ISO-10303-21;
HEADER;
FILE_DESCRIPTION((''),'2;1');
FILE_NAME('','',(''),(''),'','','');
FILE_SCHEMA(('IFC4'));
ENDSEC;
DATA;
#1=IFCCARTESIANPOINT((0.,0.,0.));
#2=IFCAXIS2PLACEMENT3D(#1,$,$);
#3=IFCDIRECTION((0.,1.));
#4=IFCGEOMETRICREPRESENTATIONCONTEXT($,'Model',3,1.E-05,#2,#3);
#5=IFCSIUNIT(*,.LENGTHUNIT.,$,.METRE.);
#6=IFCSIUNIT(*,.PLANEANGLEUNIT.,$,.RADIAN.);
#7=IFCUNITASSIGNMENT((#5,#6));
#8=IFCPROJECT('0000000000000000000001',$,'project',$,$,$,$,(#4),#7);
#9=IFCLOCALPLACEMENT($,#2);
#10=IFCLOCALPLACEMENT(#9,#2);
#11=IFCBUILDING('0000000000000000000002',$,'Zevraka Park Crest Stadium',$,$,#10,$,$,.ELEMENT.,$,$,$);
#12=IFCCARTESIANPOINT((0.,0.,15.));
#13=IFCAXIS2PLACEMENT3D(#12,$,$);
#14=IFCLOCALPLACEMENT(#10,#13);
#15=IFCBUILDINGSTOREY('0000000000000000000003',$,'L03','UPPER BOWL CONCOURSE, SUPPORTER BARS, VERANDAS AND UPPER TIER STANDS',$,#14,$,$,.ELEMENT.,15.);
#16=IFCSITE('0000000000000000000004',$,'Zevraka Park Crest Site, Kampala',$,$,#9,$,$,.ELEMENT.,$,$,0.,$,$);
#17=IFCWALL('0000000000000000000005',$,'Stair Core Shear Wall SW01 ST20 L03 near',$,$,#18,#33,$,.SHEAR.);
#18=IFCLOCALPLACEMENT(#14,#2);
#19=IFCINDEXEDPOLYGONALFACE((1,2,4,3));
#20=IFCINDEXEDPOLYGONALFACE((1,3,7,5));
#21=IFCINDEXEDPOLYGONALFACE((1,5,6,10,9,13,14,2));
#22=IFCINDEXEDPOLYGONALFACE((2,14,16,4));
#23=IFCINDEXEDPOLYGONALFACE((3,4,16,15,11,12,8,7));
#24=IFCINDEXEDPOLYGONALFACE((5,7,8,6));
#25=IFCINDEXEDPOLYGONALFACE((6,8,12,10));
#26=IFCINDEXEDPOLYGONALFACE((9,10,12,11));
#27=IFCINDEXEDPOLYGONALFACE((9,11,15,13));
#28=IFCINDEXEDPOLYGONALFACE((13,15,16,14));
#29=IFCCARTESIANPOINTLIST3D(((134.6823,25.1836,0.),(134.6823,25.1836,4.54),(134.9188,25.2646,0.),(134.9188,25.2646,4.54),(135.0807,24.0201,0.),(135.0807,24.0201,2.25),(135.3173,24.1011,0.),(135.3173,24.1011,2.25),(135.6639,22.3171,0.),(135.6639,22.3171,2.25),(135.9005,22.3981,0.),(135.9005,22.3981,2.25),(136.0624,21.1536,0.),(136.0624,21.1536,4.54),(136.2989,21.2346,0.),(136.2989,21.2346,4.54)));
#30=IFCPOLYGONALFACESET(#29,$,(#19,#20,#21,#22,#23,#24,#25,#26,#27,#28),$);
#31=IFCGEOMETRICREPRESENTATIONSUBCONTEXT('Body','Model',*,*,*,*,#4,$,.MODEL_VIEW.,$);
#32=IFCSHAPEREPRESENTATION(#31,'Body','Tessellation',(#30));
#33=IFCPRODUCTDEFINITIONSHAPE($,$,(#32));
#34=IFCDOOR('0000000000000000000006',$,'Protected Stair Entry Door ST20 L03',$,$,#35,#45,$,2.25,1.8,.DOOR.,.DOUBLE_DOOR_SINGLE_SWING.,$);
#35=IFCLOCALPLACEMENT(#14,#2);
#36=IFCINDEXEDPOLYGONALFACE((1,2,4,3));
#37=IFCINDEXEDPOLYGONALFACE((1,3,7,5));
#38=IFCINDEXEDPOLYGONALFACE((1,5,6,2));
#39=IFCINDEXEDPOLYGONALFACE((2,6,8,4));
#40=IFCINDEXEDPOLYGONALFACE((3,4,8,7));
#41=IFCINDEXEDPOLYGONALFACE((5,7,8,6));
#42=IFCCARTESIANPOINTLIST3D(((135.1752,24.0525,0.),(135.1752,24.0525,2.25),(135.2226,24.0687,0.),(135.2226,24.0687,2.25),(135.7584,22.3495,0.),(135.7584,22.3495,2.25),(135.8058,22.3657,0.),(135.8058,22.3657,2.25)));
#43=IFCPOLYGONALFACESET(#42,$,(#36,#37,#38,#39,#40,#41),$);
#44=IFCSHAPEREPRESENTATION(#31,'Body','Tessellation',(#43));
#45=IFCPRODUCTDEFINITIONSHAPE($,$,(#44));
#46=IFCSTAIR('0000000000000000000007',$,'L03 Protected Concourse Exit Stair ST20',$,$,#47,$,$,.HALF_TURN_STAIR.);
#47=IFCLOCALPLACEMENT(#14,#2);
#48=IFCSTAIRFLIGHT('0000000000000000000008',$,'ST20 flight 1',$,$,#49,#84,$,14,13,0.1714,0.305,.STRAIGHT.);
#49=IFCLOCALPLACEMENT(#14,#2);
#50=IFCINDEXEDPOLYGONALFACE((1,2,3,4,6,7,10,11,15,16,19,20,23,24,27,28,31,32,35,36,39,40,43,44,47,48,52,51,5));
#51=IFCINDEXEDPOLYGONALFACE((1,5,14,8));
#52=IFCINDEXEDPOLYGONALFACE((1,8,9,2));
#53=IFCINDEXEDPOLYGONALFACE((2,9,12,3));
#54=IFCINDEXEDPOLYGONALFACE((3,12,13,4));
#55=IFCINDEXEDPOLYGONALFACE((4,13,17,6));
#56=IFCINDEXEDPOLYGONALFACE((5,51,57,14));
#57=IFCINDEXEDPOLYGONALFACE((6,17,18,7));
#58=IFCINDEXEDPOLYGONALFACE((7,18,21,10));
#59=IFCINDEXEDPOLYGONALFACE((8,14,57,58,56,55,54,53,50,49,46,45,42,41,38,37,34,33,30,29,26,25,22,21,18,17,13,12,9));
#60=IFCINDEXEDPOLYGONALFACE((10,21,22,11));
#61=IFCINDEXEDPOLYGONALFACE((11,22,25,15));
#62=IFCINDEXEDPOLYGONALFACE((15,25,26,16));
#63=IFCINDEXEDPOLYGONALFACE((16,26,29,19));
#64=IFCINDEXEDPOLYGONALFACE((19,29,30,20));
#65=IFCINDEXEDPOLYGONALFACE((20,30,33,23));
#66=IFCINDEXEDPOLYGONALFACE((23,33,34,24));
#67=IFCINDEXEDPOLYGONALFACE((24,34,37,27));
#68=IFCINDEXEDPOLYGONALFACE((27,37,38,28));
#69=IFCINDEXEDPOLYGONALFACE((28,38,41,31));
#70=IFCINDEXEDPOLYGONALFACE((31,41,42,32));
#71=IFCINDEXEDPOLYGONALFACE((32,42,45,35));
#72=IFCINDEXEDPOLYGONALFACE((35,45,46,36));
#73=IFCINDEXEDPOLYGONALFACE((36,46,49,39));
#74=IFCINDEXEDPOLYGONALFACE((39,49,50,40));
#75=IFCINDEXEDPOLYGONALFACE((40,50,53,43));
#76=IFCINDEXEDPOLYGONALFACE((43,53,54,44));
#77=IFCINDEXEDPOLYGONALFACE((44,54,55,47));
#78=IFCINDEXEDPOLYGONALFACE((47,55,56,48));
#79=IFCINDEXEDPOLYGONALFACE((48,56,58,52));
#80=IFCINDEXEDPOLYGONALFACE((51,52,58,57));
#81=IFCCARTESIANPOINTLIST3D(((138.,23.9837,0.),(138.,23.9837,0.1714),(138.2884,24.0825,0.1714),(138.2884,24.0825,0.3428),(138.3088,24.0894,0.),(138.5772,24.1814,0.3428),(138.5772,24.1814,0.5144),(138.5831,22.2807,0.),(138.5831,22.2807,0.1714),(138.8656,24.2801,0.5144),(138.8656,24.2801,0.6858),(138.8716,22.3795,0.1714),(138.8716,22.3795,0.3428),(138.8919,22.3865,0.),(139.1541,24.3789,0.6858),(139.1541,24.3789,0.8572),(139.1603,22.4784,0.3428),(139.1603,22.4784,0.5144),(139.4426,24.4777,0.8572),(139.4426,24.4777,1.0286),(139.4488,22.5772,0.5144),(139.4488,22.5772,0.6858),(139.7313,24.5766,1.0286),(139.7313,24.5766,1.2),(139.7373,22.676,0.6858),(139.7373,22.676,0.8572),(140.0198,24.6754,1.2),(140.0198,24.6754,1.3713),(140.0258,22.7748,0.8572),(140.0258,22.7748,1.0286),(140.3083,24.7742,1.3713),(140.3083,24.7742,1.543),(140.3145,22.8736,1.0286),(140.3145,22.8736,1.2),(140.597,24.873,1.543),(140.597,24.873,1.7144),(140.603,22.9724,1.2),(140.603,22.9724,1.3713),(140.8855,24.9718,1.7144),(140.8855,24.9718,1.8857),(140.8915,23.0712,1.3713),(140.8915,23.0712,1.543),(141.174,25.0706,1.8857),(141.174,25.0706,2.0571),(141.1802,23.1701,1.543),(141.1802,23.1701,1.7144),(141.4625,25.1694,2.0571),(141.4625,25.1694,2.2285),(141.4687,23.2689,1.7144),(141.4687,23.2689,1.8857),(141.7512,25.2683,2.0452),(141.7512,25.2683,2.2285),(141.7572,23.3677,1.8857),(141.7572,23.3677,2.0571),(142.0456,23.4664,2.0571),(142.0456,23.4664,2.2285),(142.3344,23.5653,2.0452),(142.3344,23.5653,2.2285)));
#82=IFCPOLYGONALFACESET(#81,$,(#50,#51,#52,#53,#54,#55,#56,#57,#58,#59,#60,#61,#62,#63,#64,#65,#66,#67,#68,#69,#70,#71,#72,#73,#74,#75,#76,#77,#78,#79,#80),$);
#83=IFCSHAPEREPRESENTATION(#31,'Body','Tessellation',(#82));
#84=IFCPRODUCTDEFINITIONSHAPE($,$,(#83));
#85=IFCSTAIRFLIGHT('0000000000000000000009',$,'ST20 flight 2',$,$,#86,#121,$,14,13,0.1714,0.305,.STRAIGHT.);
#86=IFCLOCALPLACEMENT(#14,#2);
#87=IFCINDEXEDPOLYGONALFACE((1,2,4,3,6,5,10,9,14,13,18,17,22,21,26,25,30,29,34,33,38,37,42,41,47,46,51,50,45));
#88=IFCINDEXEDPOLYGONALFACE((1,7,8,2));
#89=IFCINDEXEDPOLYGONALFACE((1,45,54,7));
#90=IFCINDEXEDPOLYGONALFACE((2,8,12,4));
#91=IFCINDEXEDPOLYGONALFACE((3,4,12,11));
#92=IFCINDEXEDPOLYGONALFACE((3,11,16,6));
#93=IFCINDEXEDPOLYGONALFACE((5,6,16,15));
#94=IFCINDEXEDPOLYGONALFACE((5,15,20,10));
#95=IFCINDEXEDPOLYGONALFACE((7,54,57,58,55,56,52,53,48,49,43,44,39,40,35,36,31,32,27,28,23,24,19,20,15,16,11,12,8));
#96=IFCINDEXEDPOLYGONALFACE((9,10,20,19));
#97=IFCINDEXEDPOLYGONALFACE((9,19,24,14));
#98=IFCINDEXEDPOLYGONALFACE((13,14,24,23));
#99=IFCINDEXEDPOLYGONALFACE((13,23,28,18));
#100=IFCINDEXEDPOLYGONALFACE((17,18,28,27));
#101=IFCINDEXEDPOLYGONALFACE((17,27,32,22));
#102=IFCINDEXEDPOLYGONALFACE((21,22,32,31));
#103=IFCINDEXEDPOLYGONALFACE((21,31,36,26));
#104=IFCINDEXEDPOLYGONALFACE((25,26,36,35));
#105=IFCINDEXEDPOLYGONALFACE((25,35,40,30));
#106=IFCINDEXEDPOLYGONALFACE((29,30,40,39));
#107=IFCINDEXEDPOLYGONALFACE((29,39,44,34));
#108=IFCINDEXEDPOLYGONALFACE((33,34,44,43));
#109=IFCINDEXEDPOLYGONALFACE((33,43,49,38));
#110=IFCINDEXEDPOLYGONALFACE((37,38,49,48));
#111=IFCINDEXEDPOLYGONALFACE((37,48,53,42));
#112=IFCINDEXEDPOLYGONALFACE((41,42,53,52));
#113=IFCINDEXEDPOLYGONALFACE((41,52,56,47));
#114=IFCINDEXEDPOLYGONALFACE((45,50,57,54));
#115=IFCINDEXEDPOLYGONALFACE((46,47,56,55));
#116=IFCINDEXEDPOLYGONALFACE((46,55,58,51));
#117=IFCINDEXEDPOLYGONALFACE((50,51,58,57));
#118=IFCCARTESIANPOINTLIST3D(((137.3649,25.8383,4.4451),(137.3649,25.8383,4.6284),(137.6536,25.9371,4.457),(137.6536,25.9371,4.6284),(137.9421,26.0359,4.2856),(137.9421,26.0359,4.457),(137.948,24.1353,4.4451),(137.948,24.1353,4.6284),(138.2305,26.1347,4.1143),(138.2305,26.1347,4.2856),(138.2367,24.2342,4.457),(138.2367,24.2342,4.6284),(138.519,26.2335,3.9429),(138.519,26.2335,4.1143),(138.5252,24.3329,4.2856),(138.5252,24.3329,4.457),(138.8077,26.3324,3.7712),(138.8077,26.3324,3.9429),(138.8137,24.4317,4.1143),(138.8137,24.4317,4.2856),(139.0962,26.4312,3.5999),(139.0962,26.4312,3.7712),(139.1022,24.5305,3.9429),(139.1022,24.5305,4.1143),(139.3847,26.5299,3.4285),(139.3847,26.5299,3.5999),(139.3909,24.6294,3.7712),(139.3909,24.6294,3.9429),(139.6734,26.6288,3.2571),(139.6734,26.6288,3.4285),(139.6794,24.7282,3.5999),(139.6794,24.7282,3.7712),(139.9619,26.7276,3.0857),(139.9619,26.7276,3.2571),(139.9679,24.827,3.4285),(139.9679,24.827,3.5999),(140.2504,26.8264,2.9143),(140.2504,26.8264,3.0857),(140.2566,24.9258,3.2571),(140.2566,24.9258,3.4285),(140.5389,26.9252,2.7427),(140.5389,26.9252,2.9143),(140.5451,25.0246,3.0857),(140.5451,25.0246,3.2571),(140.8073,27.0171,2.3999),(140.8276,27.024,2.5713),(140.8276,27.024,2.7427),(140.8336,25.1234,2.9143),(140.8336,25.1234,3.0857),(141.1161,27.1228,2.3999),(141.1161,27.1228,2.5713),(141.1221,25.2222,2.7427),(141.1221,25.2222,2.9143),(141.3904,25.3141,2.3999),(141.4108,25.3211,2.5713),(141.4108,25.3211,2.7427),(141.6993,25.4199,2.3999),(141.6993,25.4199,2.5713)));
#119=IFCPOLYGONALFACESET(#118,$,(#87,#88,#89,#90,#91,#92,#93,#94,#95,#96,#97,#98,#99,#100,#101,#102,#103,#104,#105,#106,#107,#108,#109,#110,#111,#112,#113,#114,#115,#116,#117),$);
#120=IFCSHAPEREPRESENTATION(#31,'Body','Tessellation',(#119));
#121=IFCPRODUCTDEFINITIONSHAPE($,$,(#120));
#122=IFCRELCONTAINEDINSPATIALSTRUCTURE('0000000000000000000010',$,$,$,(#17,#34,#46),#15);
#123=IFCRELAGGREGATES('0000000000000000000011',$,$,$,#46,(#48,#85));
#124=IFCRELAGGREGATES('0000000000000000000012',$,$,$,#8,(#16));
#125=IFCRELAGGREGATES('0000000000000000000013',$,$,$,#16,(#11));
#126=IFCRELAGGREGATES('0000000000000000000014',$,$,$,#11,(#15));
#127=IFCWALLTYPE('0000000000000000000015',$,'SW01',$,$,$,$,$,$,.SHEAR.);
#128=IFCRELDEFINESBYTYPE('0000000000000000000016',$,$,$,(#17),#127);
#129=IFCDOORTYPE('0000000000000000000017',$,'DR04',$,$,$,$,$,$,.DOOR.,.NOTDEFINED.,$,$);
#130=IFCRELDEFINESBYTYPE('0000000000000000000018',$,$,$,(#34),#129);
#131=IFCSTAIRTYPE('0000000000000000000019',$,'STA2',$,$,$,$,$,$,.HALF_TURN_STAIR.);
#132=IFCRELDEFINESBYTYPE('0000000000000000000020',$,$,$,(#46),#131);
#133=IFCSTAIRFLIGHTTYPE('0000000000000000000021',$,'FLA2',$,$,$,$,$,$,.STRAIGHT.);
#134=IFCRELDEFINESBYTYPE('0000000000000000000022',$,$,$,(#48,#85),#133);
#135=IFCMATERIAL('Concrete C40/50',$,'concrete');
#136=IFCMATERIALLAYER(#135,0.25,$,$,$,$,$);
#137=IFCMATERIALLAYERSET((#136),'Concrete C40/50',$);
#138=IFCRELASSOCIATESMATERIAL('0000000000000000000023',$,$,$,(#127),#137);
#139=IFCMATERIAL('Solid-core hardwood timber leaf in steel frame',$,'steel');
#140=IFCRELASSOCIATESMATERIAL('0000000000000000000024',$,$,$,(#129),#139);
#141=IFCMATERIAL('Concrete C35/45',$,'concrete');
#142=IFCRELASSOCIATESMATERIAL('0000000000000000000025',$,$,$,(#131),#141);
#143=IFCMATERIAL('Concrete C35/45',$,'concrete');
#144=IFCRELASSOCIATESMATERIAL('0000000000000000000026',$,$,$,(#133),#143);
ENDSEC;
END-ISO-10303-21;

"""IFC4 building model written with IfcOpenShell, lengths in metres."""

from ifc_helpers import new_model, si_unit, direction, frame, frame_2d, origin, place, context, subcontext, project, spatial, polyline, rectangle, outline, extrude, material, layer, layer_set, type_object, element, fill, aggregate, save


model = new_model("IFC4")

# Units and contexts
model_context = context("Model", 3, precision=1e-05, world=origin(), true_north=direction((0.0, 1.0)))
body_context = subcontext(model_context, "Body", "Model", "MODEL_VIEW")
ifc_project = project(units=[si_unit("LENGTHUNIT", "METRE"), si_unit("PLANEANGLEUNIT", "RADIAN")], contexts=[model_context])

# Site, building, storey
site_placement = place(None, origin())
site = spatial("IfcSite", under=ifc_project, at=site_placement, Name="Zevraka Park Crest Site, Kampala", CompositionType="ELEMENT", RefElevation=0.0)
building_placement = place(site_placement, origin())
building = spatial("IfcBuilding", under=site, at=building_placement, Name="Zevraka Park Crest Stadium", CompositionType="ELEMENT")
storey_placement = place(building_placement, frame((0.0, 0.0, 15.0)))
storey = spatial("IfcBuildingStorey", under=building, at=storey_placement, Name="L03", Description="UPPER BOWL CONCOURSE, SUPPORTER BARS, VERANDAS AND UPPER TIER STANDS", CompositionType="ELEMENT", Elevation=15.0)

# Wall, opening, door
ifc_material_1 = material(Name="Concrete C40/50", Category="concrete")
ifc_layer = layer(ifc_material_1, 0.25)
ifc_layer_set = layer_set([ifc_layer], Name="Concrete C40/50")
wall_type = type_object("IfcWallType", Name="SW01", PredefinedType="SHEAR", material=ifc_layer_set)
wall_placement = place(storey_placement, frame((134.8005, 25.2241, 0.0), z_axis=(0.0, 0.0, 1.0), x_axis=(0.323989, -0.946061, 0.0)))
wall = element("IfcWall", 1, at=wall_placement, inside=storey, type_object=wall_type, Name="Stair Core Shear Wall SW01 ST20 L03 near", PredefinedType="SHEAR", context=body_context, shape_type="SweptSolid", body=[
    extrude(rectangle(XDim=4.2598, YDim=0.25, at=frame_2d((2.1299, 0.0))), origin(), (0.0, 0.0, 1.0), 4.54),
])
opening_placement = place(wall_placement, frame((1.23, 0.0, 0.0)))
opening = element("IfcOpeningElement", 2, at=opening_placement, cuts=wall, PredefinedType="OPENING", context=body_context, shape_type="SweptSolid", body=[
    extrude(rectangle(XDim=1.8, YDim=2.25, at=frame_2d((0.8999, 1.125))), frame((0.0, 0.135, 0.0), z_axis=(0.0, -1.0, 0.0), x_axis=(1.0, 0.0, 0.0)), (0.0, 0.0, 1.0), 0.27),
])
ifc_material_2 = material(Name="Solid-core hardwood timber leaf in steel frame", Category="steel")
door_type = type_object("IfcDoorType", Name="DR04", OperationType="NOTDEFINED", PredefinedType="DOOR", material=ifc_material_2)
door_placement = place(opening_placement, origin())
door = element("IfcDoor", 3, at=door_placement, inside=storey, type_object=door_type, Name="Protected Stair Entry Door ST20 L03", OperationType="DOUBLE_DOOR_SINGLE_SWING", OverallHeight=2.25, OverallWidth=1.8, PredefinedType="DOOR", context=body_context, shape_type="SweptSolid", body=[
    extrude(rectangle(XDim=1.8, YDim=2.25, at=frame_2d((0.8999, 1.125))), frame((0.0, 0.0249, 0.0), z_axis=(0.0, -1.0, 0.0), x_axis=(1.0, 0.0, 0.0)), (0.0, 0.0, 1.0), 0.05),
])
fill(opening, door)

# Stair, stair flights
ifc_material_3 = material(Name="Concrete C35/45", Category="concrete")
stair_type = type_object("IfcStairType", Name="STA2", PredefinedType="HALF_TURN_STAIR", material=ifc_material_3)
stair_placement = place(storey_placement, origin())
stair = element("IfcStair", 4, at=stair_placement, inside=storey, type_object=stair_type, Name="L03 Protected Concourse Exit Stair ST20", PredefinedType="HALF_TURN_STAIR")
ifc_material_4 = material(Name="Concrete C35/45", Category="concrete")
stair_flight_type = type_object("IfcStairFlightType", Name="FLA2", PredefinedType="STRAIGHT", material=ifc_material_4)
stair_flight_1_placement = place(storey_placement, frame((138.2915, 23.1323, 0.0), z_axis=(0.0, 0.0, 1.0), x_axis=(0.946066, 0.323974, 0.0)))
stair_flight_1 = element("IfcStairFlight", 5, at=stair_flight_1_placement, type_object=stair_flight_type, Name="ST20 flight 1", NumberOfRisers=14, NumberOfTreads=13, PredefinedType="STRAIGHT", RiserHeight=0.1714, TreadLength=0.305, context=body_context, shape_type="SweptSolid", body=[
    extrude(outline(polyline([(0.0, 0.0), (0.0, 0.1714), (0.3049, 0.1714), (0.3049, 0.3428), (0.6101, 0.3428), (0.6101, 0.5144), (0.915, 0.5144), (0.915, 0.6858), (1.22, 0.6858), (1.22, 0.8572), (1.5249, 0.8572), (1.5249, 1.0286), (1.8301, 1.0286), (1.8301, 1.2), (2.135, 1.2), (2.135, 1.3713), (2.4399, 1.3713), (2.4399, 1.543), (2.7451, 1.543), (2.7451, 1.7144), (3.05, 1.7144), (3.05, 1.8857), (3.355, 1.8857), (3.355, 2.0571), (3.6599, 2.0571), (3.6599, 2.2285), (3.9651, 2.2285), (3.9651, 2.3999), (3.9651, 2.0452), (0.3264, 0.0), (0.0, 0.0)])), frame((0.0, 0.8999, 0.0), z_axis=(0.0, -1.0, 0.0), x_axis=(1.0, 0.0, 0.0)), (0.0, 0.0, 1.0), 1.8),
])
stair_flight_2_placement = place(storey_placement, frame((141.4077, 26.2712, 2.3999), z_axis=(0.0, 0.0, 1.0), x_axis=(-0.946066, -0.323974, 0.0)))
stair_flight_2 = element("IfcStairFlight", 6, at=stair_flight_2_placement, type_object=stair_flight_type, Name="ST20 flight 2", NumberOfRisers=14, NumberOfTreads=13, PredefinedType="STRAIGHT", RiserHeight=0.1714, TreadLength=0.305, context=body_context, shape_type="SweptSolid", body=[
    extrude(outline(polyline([(0.0, 0.0), (0.0, 0.1714), (0.3049, 0.1714), (0.3049, 0.3428), (0.6101, 0.3428), (0.6101, 0.5144), (0.915, 0.5144), (0.915, 0.6858), (1.22, 0.6858), (1.22, 0.8572), (1.5249, 0.8572), (1.5249, 1.0286), (1.8301, 1.0286), (1.8301, 1.2), (2.135, 1.2), (2.135, 1.3713), (2.4399, 1.3713), (2.4399, 1.543), (2.7451, 1.543), (2.7451, 1.7144), (3.05, 1.7144), (3.05, 1.8857), (3.355, 1.8857), (3.355, 2.0571), (3.6599, 2.0571), (3.6599, 2.2285), (3.9651, 2.2285), (3.9651, 2.3999), (3.9651, 2.0452), (0.3264, 0.0), (0.0, 0.0)])), frame((0.0, 0.8999, 0.0), z_axis=(0.0, -1.0, 0.0), x_axis=(1.0, 0.0, 0.0)), (0.0, 0.0, 1.0), 1.8),
])
aggregate(stair, [stair_flight_1, stair_flight_2])

save(model, "model.ifc")
